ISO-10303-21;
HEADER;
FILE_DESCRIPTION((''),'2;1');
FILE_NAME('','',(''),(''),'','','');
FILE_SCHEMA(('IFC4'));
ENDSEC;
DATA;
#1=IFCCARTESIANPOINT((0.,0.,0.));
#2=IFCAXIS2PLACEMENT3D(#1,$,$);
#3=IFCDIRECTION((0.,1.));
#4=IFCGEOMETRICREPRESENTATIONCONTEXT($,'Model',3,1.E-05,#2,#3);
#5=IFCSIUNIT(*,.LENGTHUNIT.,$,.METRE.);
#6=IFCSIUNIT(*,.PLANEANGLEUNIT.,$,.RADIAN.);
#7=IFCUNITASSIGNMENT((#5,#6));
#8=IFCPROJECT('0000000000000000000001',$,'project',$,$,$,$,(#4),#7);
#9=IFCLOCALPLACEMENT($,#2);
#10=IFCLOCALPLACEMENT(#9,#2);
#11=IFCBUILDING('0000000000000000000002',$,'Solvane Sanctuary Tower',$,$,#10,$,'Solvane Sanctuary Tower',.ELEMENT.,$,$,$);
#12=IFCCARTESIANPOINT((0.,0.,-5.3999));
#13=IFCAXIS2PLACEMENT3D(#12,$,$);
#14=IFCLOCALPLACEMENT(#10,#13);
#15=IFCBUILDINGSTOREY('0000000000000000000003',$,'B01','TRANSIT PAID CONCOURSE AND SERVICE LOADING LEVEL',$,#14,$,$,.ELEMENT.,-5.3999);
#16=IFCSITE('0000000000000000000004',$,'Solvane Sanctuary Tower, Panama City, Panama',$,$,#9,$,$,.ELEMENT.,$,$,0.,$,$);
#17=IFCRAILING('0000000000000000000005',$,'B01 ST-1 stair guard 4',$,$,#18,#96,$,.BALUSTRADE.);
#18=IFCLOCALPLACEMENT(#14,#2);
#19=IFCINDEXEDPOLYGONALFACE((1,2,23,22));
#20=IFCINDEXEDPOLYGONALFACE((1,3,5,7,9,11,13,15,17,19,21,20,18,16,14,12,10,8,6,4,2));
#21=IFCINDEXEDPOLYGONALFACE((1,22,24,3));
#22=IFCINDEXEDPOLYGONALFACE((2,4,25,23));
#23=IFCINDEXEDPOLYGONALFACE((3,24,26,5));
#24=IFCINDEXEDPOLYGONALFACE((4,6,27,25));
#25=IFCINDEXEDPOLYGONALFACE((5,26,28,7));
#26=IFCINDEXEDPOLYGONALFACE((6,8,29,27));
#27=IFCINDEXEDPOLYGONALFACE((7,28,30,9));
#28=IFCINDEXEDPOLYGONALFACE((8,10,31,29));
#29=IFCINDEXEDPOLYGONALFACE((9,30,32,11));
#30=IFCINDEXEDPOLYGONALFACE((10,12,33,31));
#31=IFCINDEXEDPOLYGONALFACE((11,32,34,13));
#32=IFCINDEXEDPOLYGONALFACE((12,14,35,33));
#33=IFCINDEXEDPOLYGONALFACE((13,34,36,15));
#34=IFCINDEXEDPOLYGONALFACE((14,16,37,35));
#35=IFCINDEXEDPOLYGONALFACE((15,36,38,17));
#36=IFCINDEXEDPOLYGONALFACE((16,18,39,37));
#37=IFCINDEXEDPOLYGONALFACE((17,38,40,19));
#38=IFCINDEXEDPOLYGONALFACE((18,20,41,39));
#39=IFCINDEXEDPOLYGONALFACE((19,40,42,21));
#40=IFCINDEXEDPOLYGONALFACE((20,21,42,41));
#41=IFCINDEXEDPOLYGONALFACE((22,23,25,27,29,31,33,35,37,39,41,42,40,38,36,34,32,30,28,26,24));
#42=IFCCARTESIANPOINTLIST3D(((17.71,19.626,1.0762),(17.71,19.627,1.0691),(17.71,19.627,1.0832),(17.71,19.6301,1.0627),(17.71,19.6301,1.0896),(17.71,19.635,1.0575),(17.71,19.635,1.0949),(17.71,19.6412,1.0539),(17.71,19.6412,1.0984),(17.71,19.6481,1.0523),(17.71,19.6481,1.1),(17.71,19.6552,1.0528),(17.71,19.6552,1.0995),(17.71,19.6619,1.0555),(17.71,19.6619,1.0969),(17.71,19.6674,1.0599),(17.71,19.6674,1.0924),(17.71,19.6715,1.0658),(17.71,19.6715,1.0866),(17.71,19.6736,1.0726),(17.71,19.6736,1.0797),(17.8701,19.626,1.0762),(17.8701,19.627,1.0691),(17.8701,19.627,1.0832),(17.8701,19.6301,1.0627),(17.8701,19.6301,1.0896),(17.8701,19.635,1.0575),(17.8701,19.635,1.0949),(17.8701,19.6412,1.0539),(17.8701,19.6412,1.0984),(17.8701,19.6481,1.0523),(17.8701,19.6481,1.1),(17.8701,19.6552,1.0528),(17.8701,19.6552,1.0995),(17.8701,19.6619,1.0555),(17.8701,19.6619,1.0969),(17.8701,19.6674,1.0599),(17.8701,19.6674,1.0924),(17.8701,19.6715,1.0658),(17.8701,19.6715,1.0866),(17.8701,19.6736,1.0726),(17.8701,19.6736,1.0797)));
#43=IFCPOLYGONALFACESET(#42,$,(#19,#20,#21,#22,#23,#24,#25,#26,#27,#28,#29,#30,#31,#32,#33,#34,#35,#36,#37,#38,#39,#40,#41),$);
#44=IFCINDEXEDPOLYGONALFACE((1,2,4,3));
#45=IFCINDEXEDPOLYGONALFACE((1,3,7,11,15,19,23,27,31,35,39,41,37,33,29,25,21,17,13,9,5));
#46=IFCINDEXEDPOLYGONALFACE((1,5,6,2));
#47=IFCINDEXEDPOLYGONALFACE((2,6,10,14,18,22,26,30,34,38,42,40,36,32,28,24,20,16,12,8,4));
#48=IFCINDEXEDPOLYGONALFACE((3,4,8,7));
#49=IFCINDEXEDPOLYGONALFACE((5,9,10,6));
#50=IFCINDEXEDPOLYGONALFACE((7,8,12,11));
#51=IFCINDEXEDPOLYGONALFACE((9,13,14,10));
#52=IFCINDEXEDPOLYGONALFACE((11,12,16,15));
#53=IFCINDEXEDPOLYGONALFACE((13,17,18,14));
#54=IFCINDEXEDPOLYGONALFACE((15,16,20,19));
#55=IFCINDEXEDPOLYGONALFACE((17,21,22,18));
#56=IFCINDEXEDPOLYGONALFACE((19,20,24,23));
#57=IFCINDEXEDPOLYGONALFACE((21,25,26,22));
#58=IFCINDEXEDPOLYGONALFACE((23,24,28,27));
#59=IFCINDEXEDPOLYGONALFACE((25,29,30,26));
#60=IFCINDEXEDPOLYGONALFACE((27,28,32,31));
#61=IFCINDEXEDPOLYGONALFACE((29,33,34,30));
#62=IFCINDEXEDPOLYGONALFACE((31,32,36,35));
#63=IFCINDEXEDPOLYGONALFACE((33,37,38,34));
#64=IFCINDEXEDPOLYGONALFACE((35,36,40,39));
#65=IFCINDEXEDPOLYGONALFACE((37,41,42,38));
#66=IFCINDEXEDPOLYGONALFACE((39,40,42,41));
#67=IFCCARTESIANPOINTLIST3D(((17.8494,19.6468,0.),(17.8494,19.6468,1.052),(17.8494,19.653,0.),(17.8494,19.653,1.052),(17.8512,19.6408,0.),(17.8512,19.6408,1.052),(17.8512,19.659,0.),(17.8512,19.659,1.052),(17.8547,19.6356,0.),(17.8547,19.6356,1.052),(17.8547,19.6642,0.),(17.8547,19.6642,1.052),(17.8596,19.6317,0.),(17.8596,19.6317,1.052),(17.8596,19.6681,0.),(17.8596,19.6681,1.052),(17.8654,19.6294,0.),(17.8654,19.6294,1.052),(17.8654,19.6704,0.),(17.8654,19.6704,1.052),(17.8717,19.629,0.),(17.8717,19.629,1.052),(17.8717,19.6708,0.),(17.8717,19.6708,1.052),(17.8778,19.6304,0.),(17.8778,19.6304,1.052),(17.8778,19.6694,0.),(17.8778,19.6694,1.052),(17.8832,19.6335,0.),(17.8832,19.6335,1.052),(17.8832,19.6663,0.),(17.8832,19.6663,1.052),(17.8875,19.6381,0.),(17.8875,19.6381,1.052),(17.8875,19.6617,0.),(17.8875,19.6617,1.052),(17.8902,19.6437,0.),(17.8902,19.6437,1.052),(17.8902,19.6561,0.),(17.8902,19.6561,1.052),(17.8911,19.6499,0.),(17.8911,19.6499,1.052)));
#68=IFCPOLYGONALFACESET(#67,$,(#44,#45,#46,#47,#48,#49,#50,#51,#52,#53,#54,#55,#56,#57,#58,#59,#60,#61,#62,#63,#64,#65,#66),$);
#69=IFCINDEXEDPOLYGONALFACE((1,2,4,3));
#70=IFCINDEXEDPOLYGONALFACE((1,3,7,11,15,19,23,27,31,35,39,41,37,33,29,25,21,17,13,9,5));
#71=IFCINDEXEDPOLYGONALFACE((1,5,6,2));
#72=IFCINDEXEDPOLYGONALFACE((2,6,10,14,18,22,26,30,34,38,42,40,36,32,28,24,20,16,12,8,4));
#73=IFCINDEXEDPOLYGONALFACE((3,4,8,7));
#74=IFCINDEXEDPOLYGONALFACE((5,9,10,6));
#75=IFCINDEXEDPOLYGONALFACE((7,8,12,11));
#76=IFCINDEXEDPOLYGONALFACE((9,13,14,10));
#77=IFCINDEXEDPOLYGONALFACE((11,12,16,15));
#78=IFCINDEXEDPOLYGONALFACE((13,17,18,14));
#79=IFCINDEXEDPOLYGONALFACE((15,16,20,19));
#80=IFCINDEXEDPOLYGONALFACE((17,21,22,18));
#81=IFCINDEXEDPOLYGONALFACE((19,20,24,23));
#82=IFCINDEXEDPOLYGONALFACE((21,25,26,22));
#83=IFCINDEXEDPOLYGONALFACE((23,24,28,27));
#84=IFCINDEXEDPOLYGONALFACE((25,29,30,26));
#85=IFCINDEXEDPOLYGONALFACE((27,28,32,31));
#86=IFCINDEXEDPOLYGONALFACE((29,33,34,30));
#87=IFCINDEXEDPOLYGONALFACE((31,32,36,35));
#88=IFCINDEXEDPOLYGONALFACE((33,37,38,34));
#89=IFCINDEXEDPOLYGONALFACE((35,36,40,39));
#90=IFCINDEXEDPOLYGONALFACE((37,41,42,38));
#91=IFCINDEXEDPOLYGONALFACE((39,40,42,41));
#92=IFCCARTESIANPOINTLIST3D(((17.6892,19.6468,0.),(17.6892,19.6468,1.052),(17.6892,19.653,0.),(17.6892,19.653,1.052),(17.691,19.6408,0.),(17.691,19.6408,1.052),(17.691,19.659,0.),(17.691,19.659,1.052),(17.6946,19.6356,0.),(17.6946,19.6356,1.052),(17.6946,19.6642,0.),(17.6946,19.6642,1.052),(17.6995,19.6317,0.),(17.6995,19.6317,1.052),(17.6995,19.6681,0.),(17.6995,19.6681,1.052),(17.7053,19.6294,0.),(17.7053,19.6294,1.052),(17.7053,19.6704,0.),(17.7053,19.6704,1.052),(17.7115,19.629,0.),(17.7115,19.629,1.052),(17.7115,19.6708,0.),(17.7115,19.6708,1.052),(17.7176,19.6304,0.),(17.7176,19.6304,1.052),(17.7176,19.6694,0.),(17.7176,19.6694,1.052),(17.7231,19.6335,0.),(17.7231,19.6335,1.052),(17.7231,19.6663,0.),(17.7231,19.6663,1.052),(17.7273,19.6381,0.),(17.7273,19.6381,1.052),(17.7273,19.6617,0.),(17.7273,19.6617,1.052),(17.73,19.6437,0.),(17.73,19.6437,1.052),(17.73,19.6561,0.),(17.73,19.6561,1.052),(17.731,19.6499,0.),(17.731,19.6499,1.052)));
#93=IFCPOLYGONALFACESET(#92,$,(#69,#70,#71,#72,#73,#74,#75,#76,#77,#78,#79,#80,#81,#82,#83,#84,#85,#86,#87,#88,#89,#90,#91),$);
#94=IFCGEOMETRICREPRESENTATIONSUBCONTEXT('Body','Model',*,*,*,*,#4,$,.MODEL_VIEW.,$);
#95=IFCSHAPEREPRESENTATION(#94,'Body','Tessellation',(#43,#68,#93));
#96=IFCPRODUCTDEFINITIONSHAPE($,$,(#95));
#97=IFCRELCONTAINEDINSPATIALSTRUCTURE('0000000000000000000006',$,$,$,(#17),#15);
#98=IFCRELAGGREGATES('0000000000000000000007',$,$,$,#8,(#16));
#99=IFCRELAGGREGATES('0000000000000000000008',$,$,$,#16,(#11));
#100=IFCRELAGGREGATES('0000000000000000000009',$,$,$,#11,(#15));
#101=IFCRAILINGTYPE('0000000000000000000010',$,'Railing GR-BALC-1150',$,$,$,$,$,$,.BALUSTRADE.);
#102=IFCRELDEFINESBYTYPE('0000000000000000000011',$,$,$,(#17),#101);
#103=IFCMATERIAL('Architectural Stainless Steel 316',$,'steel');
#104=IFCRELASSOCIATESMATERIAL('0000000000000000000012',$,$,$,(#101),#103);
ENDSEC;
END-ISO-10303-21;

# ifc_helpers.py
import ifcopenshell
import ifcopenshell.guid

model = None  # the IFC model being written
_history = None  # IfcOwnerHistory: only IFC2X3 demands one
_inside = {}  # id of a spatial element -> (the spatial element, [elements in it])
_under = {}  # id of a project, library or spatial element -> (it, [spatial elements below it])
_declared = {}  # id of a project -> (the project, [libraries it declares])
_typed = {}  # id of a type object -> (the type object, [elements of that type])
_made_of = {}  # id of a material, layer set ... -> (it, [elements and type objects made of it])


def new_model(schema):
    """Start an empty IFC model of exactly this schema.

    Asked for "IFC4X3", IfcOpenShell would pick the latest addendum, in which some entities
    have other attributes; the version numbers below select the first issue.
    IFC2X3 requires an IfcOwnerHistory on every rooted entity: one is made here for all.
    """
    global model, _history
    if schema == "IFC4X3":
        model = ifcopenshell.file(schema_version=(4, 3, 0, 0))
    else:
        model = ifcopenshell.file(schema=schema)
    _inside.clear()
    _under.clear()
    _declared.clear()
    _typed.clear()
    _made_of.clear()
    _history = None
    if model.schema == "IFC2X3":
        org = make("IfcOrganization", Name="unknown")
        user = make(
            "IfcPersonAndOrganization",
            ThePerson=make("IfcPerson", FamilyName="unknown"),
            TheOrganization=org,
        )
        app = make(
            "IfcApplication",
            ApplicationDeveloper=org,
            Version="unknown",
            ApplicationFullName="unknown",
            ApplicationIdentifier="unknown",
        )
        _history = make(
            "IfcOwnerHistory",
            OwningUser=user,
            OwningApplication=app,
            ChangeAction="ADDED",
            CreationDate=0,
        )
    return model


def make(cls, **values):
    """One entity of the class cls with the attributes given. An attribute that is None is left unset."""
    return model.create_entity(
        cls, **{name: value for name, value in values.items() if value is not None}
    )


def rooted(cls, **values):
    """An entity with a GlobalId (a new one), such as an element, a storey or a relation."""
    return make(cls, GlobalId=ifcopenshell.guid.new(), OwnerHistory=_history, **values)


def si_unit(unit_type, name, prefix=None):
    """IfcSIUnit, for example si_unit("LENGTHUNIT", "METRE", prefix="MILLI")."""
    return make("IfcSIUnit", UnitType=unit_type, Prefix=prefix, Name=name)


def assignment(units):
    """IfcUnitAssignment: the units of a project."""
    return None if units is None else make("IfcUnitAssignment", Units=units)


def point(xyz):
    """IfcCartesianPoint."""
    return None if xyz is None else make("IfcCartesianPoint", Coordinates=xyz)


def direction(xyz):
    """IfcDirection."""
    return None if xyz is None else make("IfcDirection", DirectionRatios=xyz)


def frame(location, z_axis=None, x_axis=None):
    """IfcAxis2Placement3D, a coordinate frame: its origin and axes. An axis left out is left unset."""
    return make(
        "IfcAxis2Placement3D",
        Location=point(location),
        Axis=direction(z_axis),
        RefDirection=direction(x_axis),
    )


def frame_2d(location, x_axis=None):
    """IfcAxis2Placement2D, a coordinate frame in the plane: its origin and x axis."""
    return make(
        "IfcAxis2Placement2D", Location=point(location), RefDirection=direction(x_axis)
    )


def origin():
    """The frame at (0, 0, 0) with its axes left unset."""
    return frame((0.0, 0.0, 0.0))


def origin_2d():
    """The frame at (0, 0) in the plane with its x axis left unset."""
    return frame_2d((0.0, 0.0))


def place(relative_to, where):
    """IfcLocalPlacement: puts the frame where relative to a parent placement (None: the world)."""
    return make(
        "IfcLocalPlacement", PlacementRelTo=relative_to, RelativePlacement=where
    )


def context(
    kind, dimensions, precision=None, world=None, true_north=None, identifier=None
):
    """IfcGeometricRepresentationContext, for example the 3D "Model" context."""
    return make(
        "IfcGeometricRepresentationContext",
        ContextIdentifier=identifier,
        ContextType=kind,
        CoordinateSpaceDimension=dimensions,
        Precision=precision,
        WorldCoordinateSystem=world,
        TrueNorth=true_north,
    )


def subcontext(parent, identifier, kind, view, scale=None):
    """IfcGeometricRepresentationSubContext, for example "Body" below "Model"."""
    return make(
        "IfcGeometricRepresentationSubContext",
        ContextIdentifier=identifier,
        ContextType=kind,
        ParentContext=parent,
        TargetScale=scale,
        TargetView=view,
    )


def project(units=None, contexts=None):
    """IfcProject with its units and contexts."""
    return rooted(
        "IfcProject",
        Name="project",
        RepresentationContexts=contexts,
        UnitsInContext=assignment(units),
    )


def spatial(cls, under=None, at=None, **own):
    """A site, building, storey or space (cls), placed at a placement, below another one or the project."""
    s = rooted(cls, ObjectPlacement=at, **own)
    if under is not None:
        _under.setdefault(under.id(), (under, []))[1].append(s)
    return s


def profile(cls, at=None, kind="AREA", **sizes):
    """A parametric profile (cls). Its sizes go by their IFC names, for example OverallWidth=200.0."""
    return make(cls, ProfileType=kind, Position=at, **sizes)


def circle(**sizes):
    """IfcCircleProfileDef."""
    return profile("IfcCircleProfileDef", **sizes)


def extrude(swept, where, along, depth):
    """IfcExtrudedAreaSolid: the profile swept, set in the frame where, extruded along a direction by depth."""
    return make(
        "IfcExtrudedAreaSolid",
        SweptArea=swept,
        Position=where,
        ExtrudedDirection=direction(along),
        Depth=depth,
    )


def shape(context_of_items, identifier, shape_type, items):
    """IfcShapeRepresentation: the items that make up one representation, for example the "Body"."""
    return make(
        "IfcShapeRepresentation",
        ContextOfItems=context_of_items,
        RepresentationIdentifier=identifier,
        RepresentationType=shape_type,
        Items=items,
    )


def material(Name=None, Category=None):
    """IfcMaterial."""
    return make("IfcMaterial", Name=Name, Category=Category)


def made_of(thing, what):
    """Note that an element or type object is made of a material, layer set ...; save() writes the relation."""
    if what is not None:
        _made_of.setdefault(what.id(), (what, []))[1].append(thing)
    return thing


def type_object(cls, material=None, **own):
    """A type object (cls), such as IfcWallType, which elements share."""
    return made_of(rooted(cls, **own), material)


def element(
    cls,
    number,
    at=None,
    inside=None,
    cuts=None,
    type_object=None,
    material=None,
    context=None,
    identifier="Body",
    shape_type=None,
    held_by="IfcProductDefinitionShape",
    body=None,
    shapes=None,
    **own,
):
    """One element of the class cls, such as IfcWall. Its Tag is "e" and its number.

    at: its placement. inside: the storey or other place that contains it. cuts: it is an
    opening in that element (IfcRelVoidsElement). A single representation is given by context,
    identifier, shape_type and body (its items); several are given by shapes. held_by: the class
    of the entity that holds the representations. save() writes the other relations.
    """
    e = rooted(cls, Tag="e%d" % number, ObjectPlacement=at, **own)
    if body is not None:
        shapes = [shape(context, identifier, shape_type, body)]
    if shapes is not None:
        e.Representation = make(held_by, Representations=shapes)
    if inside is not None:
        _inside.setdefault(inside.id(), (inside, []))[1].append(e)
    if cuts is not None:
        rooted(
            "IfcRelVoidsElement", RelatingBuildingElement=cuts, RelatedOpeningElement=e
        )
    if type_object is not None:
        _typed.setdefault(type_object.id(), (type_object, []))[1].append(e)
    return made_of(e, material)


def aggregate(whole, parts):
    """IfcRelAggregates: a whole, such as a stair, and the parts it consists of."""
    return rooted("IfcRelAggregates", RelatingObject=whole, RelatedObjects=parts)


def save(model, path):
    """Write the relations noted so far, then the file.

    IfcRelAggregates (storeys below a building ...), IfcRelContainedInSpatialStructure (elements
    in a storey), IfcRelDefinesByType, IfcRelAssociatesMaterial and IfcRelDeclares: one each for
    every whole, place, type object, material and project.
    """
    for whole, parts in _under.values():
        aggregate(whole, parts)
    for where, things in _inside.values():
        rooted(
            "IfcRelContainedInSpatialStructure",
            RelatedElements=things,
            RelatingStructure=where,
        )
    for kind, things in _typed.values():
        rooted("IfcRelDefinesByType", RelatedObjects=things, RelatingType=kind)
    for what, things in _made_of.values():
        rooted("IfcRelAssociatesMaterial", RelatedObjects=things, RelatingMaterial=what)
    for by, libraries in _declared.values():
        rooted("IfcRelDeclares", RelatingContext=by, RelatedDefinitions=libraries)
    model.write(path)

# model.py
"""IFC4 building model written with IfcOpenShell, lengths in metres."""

from ifc_helpers import new_model, si_unit, direction, frame, origin, origin_2d, place, context, subcontext, project, spatial, circle, extrude, material, type_object, element, save


model = new_model("IFC4")

# Units and contexts
model_context = context("Model", 3, precision=1e-05, world=origin(), true_north=direction((0.0, 1.0)))
body_context = subcontext(model_context, "Body", "Model", "MODEL_VIEW")
ifc_project = project(units=[si_unit("LENGTHUNIT", "METRE"), si_unit("PLANEANGLEUNIT", "RADIAN")], contexts=[model_context])

# Site, building, storey
site_placement = place(None, origin())
site = spatial("IfcSite", under=ifc_project, at=site_placement, Name="Solvane Sanctuary Tower, Panama City, Panama", CompositionType="ELEMENT", RefElevation=0.0)
building_placement = place(site_placement, origin())
building = spatial("IfcBuilding", under=site, at=building_placement, Name="Solvane Sanctuary Tower", LongName="Solvane Sanctuary Tower", CompositionType="ELEMENT")
storey_placement = place(building_placement, frame((0.0, 0.0, -5.3999)))
storey = spatial("IfcBuildingStorey", under=building, at=storey_placement, Name="B01", Description="TRANSIT PAID CONCOURSE AND SERVICE LOADING LEVEL", CompositionType="ELEMENT", Elevation=-5.3999)

# Shared definitions
ifc_material_1 = material(Name="Architectural Stainless Steel 316", Category="steel")

# Railing
railing_type_1 = type_object("IfcRailingType", Name="Railing GR-BALC-1150", PredefinedType="BALUSTRADE", material=ifc_material_1)
railing_1_placement = place(storey_placement, frame((17.8701, 19.6499, 0.0)))
element("IfcRailing", 1, at=railing_1_placement, inside=storey, type_object=railing_type_1, Name="B01 ST-1 stair guard 4", PredefinedType="BALUSTRADE", context=body_context, shape_type="SweptSolid", body=[
    extrude(circle(Radius=0.0239, at=origin_2d()), frame((0.0, 0.0, 1.0762), z_axis=(-1.0, 0.0, 0.0), x_axis=(0.0, -1.0, 0.0)), (0.0, 0.0, 1.0), 0.1602),
    extrude(circle(Radius=0.021, at=origin_2d()), origin(), (0.0, 0.0, 1.0), 1.052),
    extrude(circle(Radius=0.021, at=origin_2d()), frame((-0.1602, 0.0, 0.0)), (0.0, 0.0, 1.0), 1.052),
])

save(model, "model.ifc")
